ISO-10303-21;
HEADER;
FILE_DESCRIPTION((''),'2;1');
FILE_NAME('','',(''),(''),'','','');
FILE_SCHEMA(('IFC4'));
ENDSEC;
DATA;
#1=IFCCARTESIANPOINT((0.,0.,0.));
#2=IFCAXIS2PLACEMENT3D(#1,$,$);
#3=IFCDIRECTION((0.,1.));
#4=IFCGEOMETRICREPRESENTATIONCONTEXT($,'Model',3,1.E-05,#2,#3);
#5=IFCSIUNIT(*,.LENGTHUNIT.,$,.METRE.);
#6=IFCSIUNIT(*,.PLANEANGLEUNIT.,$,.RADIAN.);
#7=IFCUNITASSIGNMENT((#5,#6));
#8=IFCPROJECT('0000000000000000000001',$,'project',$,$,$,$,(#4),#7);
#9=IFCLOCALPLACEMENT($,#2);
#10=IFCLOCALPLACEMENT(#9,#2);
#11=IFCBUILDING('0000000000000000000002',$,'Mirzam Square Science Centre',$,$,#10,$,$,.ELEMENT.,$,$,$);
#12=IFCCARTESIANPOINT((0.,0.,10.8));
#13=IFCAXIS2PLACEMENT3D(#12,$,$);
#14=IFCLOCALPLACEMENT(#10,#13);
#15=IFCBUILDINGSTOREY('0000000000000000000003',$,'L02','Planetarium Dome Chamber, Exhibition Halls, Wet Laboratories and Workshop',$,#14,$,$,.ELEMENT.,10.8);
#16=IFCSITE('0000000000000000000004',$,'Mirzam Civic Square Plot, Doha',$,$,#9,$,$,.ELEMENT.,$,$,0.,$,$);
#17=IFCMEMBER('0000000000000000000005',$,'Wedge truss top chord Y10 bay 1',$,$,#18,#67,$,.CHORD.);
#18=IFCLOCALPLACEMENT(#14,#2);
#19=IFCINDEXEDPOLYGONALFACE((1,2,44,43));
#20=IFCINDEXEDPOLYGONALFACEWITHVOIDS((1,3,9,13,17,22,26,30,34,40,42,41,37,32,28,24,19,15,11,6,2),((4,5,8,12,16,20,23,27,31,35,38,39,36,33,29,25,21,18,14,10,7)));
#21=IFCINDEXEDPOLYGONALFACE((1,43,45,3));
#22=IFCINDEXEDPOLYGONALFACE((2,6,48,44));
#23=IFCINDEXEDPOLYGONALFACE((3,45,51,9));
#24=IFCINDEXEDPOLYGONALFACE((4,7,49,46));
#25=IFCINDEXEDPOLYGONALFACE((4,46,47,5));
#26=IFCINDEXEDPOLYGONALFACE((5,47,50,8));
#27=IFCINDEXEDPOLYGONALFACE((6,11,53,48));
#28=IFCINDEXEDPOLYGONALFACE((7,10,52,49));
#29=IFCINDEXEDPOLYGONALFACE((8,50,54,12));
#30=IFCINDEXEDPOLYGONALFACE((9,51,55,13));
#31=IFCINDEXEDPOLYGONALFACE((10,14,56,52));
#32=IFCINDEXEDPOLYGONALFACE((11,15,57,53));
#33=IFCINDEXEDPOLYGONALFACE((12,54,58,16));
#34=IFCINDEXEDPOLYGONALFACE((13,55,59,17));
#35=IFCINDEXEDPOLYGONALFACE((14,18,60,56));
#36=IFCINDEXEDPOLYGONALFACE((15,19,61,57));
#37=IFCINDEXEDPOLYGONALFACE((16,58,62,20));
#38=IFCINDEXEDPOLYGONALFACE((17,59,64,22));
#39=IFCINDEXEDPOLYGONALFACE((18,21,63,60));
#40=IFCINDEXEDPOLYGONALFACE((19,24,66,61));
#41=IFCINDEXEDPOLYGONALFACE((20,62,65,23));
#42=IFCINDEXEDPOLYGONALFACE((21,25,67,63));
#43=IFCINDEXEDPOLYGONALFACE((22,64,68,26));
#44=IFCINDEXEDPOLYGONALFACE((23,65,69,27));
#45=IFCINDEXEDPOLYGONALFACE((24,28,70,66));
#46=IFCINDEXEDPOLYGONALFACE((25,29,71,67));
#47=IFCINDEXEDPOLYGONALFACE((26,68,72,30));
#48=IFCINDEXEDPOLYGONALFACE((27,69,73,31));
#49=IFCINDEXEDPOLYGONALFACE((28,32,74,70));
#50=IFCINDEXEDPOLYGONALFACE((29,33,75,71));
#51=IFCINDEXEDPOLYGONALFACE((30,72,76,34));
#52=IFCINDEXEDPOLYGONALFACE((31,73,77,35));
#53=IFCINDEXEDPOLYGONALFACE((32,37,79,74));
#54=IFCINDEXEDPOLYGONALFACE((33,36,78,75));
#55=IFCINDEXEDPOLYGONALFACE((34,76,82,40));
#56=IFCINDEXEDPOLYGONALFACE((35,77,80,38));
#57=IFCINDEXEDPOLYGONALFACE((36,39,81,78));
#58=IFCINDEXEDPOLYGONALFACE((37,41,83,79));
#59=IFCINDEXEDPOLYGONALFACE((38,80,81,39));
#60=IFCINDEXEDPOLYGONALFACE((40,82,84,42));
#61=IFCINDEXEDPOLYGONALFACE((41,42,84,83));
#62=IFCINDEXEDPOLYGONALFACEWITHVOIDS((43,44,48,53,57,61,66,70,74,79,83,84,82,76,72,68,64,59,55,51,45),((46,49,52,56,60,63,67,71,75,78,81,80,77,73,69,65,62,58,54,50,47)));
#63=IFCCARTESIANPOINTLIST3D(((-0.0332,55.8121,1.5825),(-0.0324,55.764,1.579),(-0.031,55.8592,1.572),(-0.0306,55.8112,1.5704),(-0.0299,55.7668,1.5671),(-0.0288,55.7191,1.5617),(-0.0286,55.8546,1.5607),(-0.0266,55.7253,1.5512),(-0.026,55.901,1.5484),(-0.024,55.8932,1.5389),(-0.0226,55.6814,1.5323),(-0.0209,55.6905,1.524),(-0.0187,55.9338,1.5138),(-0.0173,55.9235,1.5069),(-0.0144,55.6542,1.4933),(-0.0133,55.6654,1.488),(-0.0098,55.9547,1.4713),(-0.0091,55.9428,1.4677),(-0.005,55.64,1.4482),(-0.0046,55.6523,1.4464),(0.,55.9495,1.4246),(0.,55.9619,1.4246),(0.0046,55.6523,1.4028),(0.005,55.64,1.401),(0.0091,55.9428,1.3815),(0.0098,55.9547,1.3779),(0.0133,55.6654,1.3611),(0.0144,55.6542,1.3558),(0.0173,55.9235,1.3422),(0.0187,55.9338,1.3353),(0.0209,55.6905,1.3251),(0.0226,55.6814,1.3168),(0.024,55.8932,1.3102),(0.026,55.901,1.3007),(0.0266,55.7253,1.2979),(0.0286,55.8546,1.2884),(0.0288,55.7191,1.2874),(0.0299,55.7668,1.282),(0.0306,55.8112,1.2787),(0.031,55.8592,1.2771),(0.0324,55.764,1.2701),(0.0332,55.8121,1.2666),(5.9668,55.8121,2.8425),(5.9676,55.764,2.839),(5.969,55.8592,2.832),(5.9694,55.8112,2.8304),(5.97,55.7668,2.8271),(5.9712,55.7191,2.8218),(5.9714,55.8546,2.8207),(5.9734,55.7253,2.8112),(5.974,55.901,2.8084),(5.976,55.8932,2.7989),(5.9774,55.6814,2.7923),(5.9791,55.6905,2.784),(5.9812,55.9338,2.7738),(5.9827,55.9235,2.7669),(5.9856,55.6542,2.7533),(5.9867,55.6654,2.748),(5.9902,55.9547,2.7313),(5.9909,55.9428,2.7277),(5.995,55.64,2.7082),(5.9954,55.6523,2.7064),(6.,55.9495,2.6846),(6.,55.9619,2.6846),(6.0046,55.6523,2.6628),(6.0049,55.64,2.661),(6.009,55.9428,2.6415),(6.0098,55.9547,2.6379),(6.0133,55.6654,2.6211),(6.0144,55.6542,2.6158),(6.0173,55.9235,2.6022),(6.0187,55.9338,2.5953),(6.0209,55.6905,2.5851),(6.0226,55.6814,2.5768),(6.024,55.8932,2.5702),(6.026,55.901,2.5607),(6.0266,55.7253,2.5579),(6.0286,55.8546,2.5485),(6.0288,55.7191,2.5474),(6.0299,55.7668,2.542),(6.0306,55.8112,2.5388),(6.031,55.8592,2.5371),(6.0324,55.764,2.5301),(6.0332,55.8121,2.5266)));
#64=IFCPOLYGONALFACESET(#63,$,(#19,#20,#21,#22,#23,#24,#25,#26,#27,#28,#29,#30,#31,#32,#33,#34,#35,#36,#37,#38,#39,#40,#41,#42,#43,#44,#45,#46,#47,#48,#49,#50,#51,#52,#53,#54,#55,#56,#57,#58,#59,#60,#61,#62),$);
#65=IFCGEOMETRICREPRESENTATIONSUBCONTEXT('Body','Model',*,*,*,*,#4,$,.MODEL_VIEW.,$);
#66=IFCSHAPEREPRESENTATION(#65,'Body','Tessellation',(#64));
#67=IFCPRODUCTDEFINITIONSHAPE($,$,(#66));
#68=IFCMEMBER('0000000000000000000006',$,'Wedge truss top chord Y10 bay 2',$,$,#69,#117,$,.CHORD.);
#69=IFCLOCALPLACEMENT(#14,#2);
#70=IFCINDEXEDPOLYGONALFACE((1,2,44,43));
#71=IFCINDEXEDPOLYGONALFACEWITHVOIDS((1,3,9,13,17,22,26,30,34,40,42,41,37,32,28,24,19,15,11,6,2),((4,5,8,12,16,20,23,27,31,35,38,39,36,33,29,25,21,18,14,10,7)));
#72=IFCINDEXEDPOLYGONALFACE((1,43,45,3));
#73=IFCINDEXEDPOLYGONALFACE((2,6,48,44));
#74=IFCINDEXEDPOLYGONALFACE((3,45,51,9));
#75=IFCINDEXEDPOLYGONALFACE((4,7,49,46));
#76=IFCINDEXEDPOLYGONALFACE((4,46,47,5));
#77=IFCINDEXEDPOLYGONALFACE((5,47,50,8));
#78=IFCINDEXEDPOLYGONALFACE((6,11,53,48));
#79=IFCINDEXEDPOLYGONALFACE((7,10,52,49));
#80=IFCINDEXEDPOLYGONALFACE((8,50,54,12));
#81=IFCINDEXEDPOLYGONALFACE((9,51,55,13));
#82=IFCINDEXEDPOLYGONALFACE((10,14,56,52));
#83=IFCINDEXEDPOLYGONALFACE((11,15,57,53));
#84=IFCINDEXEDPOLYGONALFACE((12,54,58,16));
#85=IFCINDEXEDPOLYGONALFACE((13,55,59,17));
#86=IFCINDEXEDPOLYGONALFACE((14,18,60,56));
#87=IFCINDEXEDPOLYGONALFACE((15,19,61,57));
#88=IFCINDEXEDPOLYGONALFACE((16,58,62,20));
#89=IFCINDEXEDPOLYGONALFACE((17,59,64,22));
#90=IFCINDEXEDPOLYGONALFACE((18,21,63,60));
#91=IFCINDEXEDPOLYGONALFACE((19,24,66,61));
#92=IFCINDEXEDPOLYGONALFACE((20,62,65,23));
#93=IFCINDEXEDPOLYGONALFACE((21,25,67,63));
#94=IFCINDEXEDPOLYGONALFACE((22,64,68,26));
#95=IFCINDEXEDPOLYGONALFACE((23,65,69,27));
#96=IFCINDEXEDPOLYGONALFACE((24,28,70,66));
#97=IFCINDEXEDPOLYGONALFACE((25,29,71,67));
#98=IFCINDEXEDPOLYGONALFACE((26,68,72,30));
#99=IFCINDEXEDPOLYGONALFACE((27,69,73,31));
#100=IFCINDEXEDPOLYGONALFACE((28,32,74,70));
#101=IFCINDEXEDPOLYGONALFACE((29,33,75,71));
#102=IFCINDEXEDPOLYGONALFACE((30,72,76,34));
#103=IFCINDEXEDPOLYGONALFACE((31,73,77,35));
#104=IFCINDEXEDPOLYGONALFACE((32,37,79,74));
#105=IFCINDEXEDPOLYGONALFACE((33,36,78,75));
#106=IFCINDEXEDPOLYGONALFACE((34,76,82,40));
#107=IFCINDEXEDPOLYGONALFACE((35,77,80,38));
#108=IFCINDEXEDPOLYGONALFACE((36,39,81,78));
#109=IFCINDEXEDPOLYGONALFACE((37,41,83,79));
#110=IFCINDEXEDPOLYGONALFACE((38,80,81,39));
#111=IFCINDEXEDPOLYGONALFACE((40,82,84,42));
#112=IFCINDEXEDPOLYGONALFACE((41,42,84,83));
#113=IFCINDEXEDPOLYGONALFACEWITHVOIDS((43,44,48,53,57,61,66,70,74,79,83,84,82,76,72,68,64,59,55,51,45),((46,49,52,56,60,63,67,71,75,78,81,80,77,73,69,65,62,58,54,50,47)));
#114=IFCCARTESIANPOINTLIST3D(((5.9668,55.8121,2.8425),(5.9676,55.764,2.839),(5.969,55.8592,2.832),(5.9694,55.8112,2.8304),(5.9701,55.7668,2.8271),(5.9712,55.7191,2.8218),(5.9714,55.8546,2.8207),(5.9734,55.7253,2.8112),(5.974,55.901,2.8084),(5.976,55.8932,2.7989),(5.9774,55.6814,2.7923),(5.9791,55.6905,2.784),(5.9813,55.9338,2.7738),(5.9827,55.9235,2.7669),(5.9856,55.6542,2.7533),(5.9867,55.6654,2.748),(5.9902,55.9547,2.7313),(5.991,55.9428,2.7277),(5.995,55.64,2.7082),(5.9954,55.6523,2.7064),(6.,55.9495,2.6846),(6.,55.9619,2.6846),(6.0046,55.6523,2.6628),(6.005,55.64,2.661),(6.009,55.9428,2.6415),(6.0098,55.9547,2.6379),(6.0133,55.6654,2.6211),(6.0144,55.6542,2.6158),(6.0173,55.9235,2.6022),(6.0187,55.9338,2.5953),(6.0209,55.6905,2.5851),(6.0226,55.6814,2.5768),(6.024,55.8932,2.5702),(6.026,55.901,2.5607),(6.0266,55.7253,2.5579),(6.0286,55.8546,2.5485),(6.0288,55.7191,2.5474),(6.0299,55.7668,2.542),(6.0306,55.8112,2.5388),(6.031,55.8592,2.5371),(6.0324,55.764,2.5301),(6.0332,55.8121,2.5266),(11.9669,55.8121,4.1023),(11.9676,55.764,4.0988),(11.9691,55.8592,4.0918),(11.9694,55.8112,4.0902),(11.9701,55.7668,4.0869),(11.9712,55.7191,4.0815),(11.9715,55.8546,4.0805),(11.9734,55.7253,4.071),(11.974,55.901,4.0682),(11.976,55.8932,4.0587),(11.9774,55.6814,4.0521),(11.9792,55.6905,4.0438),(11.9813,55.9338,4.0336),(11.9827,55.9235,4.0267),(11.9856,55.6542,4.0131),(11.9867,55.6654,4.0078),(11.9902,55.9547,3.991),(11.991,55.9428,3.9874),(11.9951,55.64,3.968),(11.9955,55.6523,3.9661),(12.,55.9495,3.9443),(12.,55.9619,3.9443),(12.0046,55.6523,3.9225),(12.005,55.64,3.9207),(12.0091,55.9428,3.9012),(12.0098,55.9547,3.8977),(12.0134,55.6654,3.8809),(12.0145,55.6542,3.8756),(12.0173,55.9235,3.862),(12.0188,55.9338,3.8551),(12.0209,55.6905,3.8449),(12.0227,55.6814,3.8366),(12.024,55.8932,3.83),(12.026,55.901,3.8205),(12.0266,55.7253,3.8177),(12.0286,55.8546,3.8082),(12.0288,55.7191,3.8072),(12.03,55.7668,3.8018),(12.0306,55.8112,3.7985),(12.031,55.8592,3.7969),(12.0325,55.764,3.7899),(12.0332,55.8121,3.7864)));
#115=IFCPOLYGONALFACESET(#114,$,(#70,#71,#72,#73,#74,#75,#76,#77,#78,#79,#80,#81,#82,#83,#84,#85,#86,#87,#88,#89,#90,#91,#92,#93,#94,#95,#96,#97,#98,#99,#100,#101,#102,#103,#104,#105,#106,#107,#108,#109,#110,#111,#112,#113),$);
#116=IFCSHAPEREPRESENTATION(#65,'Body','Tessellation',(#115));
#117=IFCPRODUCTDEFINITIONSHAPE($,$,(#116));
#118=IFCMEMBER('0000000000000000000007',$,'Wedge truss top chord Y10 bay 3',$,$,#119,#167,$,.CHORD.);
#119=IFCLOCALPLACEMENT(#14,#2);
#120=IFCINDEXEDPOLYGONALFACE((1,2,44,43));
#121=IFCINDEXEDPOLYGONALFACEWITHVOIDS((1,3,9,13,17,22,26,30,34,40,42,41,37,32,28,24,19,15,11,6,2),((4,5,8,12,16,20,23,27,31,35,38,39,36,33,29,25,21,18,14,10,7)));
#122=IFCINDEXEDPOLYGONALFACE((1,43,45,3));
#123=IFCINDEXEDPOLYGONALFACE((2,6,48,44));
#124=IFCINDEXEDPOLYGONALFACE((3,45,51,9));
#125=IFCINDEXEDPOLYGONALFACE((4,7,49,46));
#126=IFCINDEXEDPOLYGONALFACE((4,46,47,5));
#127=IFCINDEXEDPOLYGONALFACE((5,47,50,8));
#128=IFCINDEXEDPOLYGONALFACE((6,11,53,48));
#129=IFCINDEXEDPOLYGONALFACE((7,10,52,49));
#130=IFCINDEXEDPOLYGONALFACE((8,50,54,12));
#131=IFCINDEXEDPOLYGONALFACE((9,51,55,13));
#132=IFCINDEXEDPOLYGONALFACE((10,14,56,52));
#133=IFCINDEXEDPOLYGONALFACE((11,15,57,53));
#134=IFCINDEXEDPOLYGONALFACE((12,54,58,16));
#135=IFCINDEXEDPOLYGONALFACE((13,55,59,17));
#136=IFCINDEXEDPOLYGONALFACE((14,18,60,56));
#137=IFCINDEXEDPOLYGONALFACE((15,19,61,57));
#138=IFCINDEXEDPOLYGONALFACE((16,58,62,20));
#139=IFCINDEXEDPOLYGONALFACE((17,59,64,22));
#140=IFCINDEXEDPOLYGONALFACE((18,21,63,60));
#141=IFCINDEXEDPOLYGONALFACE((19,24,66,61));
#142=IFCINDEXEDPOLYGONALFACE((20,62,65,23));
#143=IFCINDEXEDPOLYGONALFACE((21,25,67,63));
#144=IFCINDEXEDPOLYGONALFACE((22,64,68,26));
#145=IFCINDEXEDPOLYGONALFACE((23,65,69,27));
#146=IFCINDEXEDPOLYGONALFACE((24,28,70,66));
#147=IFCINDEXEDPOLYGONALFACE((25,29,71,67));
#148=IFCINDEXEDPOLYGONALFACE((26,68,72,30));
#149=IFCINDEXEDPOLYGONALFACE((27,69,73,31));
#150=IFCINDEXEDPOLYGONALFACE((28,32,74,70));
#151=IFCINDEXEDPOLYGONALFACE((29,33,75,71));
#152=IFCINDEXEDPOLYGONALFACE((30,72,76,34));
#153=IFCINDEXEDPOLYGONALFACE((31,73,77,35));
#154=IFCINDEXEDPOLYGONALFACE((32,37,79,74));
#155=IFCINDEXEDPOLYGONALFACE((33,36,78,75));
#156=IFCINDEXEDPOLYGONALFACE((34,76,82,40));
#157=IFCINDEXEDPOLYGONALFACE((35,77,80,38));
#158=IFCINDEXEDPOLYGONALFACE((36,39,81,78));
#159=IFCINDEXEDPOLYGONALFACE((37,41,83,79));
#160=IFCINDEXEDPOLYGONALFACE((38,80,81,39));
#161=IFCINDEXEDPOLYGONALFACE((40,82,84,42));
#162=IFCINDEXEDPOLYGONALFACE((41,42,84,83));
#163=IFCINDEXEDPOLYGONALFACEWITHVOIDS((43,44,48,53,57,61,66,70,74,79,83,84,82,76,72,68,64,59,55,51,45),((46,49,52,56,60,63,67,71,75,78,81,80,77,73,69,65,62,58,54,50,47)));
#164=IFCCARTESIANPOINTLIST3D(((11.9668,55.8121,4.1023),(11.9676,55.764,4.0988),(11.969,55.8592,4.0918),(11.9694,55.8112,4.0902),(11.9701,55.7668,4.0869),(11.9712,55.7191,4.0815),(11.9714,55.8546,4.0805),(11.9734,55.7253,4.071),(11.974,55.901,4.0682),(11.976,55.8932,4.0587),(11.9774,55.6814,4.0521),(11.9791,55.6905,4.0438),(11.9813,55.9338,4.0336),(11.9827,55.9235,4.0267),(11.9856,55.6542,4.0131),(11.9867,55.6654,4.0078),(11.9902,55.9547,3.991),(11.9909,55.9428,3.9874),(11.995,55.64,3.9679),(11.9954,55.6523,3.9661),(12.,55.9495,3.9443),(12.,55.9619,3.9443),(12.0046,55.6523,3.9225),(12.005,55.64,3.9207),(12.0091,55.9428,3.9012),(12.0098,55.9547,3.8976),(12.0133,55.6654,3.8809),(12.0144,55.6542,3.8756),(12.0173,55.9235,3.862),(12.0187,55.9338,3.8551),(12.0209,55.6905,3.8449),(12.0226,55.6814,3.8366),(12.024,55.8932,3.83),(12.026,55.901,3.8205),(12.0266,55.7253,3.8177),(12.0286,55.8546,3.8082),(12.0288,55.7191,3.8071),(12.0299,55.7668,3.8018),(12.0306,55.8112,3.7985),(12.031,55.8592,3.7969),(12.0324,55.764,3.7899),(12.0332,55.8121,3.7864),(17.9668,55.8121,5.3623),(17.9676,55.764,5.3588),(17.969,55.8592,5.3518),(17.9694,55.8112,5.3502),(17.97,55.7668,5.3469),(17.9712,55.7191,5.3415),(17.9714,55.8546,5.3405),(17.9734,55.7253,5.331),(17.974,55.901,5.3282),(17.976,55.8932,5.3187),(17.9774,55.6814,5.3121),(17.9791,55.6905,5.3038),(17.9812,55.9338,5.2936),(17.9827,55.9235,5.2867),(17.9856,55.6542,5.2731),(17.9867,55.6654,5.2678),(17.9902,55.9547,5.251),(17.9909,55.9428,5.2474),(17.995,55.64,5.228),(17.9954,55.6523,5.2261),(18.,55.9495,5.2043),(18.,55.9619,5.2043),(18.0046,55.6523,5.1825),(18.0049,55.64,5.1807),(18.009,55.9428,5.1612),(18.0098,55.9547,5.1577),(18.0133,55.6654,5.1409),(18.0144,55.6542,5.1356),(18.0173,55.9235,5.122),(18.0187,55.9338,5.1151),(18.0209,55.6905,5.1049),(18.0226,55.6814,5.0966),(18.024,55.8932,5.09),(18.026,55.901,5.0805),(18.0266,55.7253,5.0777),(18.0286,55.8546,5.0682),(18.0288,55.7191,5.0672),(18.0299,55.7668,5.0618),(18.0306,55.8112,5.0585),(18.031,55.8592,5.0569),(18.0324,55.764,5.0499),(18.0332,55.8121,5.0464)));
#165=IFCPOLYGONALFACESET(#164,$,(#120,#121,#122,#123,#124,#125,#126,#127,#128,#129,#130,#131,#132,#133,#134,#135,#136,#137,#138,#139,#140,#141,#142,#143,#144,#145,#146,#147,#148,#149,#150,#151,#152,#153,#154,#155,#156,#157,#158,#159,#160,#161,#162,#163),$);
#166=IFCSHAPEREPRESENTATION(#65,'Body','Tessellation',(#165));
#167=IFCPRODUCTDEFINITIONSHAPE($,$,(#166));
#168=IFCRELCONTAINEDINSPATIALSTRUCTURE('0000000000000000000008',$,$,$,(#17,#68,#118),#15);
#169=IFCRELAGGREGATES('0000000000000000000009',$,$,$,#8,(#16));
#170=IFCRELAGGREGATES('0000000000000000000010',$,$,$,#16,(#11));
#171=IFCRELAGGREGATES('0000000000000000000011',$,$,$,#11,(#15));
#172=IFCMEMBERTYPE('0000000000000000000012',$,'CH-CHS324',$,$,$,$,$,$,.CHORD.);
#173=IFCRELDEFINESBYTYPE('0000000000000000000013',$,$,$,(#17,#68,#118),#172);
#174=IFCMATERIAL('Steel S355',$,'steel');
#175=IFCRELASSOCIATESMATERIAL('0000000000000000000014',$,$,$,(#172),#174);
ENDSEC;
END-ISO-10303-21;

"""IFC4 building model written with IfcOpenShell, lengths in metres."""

from ifc_helpers import new_model, si_unit, direction, frame, origin, origin_2d, place, context, subcontext, project, spatial, hollow_circle, extrude, material, material_profile, profile_set, type_object, element, save


model = new_model("IFC4")

# Units and contexts
model_context = context("Model", 3, precision=1e-05, world=origin(), true_north=direction((0.0, 1.0)))
body_context = subcontext(model_context, "Body", "Model", "MODEL_VIEW")
ifc_project = project(units=[si_unit("LENGTHUNIT", "METRE"), si_unit("PLANEANGLEUNIT", "RADIAN")], contexts=[model_context])

# Site, building, storey
site_placement = place(None, origin())
site = spatial("IfcSite", under=ifc_project, at=site_placement, Name="Mirzam Civic Square Plot, Doha", CompositionType="ELEMENT", RefElevation=0.0)
building_placement = place(site_placement, origin())
building = spatial("IfcBuilding", under=site, at=building_placement, Name="Mirzam Square Science Centre", CompositionType="ELEMENT")
storey_placement = place(building_placement, frame((0.0, 0.0, 10.8)))
storey = spatial("IfcBuildingStorey", under=building, at=storey_placement, Name="L02", Description="Planetarium Dome Chamber, Exhibition Halls, Wet Laboratories and Workshop", CompositionType="ELEMENT", Elevation=10.8)

# Shared definitions
ifc_material_1 = material(Name="Steel S355", Category="steel")

# Members
ifc_material_profile_1 = material_profile(ifc_material_1, hollow_circle(Radius=0.1619, WallThickness=0.0125, at=origin_2d()), Name="323.9x12.5CHS")
ifc_profile_set_1 = profile_set([ifc_material_profile_1], Name="Steel S355")
member_type_1 = type_object("IfcMemberType", Name="CH-CHS324", PredefinedType="CHORD", material=ifc_profile_set_1)
for number, where, z_axis, x_axis, name in (
    (1, (0.0, 55.8, 1.4246), (0.978653, 0.0, 0.205519), (0.0, 1.0, 0.0), "Wedge truss top chord Y10 bay 1"),
    (2, (6.0, 55.8, 2.6846), (0.978661, 0.0, 0.205481), (0.0, 1.0, 0.0), "Wedge truss top chord Y10 bay 2"),
    (3, (12.0, 55.8, 3.9443), (0.978653, 0.0, 0.205519), (0.0, 1.0, 0.0), "Wedge truss top chord Y10 bay 3"),
):
    element("IfcMember", number, at=place(storey_placement, frame(where, z_axis=z_axis, x_axis=x_axis)), inside=storey, type_object=member_type_1, Name=name, PredefinedType="CHORD", context=body_context, shape_type="SweptSolid", body=[
        extrude(hollow_circle(Radius=0.1619, WallThickness=0.0125, at=origin_2d()), origin(), (0.0, 0.0, 1.0), 6.1309),
    ])

save(model, "model.ifc")
